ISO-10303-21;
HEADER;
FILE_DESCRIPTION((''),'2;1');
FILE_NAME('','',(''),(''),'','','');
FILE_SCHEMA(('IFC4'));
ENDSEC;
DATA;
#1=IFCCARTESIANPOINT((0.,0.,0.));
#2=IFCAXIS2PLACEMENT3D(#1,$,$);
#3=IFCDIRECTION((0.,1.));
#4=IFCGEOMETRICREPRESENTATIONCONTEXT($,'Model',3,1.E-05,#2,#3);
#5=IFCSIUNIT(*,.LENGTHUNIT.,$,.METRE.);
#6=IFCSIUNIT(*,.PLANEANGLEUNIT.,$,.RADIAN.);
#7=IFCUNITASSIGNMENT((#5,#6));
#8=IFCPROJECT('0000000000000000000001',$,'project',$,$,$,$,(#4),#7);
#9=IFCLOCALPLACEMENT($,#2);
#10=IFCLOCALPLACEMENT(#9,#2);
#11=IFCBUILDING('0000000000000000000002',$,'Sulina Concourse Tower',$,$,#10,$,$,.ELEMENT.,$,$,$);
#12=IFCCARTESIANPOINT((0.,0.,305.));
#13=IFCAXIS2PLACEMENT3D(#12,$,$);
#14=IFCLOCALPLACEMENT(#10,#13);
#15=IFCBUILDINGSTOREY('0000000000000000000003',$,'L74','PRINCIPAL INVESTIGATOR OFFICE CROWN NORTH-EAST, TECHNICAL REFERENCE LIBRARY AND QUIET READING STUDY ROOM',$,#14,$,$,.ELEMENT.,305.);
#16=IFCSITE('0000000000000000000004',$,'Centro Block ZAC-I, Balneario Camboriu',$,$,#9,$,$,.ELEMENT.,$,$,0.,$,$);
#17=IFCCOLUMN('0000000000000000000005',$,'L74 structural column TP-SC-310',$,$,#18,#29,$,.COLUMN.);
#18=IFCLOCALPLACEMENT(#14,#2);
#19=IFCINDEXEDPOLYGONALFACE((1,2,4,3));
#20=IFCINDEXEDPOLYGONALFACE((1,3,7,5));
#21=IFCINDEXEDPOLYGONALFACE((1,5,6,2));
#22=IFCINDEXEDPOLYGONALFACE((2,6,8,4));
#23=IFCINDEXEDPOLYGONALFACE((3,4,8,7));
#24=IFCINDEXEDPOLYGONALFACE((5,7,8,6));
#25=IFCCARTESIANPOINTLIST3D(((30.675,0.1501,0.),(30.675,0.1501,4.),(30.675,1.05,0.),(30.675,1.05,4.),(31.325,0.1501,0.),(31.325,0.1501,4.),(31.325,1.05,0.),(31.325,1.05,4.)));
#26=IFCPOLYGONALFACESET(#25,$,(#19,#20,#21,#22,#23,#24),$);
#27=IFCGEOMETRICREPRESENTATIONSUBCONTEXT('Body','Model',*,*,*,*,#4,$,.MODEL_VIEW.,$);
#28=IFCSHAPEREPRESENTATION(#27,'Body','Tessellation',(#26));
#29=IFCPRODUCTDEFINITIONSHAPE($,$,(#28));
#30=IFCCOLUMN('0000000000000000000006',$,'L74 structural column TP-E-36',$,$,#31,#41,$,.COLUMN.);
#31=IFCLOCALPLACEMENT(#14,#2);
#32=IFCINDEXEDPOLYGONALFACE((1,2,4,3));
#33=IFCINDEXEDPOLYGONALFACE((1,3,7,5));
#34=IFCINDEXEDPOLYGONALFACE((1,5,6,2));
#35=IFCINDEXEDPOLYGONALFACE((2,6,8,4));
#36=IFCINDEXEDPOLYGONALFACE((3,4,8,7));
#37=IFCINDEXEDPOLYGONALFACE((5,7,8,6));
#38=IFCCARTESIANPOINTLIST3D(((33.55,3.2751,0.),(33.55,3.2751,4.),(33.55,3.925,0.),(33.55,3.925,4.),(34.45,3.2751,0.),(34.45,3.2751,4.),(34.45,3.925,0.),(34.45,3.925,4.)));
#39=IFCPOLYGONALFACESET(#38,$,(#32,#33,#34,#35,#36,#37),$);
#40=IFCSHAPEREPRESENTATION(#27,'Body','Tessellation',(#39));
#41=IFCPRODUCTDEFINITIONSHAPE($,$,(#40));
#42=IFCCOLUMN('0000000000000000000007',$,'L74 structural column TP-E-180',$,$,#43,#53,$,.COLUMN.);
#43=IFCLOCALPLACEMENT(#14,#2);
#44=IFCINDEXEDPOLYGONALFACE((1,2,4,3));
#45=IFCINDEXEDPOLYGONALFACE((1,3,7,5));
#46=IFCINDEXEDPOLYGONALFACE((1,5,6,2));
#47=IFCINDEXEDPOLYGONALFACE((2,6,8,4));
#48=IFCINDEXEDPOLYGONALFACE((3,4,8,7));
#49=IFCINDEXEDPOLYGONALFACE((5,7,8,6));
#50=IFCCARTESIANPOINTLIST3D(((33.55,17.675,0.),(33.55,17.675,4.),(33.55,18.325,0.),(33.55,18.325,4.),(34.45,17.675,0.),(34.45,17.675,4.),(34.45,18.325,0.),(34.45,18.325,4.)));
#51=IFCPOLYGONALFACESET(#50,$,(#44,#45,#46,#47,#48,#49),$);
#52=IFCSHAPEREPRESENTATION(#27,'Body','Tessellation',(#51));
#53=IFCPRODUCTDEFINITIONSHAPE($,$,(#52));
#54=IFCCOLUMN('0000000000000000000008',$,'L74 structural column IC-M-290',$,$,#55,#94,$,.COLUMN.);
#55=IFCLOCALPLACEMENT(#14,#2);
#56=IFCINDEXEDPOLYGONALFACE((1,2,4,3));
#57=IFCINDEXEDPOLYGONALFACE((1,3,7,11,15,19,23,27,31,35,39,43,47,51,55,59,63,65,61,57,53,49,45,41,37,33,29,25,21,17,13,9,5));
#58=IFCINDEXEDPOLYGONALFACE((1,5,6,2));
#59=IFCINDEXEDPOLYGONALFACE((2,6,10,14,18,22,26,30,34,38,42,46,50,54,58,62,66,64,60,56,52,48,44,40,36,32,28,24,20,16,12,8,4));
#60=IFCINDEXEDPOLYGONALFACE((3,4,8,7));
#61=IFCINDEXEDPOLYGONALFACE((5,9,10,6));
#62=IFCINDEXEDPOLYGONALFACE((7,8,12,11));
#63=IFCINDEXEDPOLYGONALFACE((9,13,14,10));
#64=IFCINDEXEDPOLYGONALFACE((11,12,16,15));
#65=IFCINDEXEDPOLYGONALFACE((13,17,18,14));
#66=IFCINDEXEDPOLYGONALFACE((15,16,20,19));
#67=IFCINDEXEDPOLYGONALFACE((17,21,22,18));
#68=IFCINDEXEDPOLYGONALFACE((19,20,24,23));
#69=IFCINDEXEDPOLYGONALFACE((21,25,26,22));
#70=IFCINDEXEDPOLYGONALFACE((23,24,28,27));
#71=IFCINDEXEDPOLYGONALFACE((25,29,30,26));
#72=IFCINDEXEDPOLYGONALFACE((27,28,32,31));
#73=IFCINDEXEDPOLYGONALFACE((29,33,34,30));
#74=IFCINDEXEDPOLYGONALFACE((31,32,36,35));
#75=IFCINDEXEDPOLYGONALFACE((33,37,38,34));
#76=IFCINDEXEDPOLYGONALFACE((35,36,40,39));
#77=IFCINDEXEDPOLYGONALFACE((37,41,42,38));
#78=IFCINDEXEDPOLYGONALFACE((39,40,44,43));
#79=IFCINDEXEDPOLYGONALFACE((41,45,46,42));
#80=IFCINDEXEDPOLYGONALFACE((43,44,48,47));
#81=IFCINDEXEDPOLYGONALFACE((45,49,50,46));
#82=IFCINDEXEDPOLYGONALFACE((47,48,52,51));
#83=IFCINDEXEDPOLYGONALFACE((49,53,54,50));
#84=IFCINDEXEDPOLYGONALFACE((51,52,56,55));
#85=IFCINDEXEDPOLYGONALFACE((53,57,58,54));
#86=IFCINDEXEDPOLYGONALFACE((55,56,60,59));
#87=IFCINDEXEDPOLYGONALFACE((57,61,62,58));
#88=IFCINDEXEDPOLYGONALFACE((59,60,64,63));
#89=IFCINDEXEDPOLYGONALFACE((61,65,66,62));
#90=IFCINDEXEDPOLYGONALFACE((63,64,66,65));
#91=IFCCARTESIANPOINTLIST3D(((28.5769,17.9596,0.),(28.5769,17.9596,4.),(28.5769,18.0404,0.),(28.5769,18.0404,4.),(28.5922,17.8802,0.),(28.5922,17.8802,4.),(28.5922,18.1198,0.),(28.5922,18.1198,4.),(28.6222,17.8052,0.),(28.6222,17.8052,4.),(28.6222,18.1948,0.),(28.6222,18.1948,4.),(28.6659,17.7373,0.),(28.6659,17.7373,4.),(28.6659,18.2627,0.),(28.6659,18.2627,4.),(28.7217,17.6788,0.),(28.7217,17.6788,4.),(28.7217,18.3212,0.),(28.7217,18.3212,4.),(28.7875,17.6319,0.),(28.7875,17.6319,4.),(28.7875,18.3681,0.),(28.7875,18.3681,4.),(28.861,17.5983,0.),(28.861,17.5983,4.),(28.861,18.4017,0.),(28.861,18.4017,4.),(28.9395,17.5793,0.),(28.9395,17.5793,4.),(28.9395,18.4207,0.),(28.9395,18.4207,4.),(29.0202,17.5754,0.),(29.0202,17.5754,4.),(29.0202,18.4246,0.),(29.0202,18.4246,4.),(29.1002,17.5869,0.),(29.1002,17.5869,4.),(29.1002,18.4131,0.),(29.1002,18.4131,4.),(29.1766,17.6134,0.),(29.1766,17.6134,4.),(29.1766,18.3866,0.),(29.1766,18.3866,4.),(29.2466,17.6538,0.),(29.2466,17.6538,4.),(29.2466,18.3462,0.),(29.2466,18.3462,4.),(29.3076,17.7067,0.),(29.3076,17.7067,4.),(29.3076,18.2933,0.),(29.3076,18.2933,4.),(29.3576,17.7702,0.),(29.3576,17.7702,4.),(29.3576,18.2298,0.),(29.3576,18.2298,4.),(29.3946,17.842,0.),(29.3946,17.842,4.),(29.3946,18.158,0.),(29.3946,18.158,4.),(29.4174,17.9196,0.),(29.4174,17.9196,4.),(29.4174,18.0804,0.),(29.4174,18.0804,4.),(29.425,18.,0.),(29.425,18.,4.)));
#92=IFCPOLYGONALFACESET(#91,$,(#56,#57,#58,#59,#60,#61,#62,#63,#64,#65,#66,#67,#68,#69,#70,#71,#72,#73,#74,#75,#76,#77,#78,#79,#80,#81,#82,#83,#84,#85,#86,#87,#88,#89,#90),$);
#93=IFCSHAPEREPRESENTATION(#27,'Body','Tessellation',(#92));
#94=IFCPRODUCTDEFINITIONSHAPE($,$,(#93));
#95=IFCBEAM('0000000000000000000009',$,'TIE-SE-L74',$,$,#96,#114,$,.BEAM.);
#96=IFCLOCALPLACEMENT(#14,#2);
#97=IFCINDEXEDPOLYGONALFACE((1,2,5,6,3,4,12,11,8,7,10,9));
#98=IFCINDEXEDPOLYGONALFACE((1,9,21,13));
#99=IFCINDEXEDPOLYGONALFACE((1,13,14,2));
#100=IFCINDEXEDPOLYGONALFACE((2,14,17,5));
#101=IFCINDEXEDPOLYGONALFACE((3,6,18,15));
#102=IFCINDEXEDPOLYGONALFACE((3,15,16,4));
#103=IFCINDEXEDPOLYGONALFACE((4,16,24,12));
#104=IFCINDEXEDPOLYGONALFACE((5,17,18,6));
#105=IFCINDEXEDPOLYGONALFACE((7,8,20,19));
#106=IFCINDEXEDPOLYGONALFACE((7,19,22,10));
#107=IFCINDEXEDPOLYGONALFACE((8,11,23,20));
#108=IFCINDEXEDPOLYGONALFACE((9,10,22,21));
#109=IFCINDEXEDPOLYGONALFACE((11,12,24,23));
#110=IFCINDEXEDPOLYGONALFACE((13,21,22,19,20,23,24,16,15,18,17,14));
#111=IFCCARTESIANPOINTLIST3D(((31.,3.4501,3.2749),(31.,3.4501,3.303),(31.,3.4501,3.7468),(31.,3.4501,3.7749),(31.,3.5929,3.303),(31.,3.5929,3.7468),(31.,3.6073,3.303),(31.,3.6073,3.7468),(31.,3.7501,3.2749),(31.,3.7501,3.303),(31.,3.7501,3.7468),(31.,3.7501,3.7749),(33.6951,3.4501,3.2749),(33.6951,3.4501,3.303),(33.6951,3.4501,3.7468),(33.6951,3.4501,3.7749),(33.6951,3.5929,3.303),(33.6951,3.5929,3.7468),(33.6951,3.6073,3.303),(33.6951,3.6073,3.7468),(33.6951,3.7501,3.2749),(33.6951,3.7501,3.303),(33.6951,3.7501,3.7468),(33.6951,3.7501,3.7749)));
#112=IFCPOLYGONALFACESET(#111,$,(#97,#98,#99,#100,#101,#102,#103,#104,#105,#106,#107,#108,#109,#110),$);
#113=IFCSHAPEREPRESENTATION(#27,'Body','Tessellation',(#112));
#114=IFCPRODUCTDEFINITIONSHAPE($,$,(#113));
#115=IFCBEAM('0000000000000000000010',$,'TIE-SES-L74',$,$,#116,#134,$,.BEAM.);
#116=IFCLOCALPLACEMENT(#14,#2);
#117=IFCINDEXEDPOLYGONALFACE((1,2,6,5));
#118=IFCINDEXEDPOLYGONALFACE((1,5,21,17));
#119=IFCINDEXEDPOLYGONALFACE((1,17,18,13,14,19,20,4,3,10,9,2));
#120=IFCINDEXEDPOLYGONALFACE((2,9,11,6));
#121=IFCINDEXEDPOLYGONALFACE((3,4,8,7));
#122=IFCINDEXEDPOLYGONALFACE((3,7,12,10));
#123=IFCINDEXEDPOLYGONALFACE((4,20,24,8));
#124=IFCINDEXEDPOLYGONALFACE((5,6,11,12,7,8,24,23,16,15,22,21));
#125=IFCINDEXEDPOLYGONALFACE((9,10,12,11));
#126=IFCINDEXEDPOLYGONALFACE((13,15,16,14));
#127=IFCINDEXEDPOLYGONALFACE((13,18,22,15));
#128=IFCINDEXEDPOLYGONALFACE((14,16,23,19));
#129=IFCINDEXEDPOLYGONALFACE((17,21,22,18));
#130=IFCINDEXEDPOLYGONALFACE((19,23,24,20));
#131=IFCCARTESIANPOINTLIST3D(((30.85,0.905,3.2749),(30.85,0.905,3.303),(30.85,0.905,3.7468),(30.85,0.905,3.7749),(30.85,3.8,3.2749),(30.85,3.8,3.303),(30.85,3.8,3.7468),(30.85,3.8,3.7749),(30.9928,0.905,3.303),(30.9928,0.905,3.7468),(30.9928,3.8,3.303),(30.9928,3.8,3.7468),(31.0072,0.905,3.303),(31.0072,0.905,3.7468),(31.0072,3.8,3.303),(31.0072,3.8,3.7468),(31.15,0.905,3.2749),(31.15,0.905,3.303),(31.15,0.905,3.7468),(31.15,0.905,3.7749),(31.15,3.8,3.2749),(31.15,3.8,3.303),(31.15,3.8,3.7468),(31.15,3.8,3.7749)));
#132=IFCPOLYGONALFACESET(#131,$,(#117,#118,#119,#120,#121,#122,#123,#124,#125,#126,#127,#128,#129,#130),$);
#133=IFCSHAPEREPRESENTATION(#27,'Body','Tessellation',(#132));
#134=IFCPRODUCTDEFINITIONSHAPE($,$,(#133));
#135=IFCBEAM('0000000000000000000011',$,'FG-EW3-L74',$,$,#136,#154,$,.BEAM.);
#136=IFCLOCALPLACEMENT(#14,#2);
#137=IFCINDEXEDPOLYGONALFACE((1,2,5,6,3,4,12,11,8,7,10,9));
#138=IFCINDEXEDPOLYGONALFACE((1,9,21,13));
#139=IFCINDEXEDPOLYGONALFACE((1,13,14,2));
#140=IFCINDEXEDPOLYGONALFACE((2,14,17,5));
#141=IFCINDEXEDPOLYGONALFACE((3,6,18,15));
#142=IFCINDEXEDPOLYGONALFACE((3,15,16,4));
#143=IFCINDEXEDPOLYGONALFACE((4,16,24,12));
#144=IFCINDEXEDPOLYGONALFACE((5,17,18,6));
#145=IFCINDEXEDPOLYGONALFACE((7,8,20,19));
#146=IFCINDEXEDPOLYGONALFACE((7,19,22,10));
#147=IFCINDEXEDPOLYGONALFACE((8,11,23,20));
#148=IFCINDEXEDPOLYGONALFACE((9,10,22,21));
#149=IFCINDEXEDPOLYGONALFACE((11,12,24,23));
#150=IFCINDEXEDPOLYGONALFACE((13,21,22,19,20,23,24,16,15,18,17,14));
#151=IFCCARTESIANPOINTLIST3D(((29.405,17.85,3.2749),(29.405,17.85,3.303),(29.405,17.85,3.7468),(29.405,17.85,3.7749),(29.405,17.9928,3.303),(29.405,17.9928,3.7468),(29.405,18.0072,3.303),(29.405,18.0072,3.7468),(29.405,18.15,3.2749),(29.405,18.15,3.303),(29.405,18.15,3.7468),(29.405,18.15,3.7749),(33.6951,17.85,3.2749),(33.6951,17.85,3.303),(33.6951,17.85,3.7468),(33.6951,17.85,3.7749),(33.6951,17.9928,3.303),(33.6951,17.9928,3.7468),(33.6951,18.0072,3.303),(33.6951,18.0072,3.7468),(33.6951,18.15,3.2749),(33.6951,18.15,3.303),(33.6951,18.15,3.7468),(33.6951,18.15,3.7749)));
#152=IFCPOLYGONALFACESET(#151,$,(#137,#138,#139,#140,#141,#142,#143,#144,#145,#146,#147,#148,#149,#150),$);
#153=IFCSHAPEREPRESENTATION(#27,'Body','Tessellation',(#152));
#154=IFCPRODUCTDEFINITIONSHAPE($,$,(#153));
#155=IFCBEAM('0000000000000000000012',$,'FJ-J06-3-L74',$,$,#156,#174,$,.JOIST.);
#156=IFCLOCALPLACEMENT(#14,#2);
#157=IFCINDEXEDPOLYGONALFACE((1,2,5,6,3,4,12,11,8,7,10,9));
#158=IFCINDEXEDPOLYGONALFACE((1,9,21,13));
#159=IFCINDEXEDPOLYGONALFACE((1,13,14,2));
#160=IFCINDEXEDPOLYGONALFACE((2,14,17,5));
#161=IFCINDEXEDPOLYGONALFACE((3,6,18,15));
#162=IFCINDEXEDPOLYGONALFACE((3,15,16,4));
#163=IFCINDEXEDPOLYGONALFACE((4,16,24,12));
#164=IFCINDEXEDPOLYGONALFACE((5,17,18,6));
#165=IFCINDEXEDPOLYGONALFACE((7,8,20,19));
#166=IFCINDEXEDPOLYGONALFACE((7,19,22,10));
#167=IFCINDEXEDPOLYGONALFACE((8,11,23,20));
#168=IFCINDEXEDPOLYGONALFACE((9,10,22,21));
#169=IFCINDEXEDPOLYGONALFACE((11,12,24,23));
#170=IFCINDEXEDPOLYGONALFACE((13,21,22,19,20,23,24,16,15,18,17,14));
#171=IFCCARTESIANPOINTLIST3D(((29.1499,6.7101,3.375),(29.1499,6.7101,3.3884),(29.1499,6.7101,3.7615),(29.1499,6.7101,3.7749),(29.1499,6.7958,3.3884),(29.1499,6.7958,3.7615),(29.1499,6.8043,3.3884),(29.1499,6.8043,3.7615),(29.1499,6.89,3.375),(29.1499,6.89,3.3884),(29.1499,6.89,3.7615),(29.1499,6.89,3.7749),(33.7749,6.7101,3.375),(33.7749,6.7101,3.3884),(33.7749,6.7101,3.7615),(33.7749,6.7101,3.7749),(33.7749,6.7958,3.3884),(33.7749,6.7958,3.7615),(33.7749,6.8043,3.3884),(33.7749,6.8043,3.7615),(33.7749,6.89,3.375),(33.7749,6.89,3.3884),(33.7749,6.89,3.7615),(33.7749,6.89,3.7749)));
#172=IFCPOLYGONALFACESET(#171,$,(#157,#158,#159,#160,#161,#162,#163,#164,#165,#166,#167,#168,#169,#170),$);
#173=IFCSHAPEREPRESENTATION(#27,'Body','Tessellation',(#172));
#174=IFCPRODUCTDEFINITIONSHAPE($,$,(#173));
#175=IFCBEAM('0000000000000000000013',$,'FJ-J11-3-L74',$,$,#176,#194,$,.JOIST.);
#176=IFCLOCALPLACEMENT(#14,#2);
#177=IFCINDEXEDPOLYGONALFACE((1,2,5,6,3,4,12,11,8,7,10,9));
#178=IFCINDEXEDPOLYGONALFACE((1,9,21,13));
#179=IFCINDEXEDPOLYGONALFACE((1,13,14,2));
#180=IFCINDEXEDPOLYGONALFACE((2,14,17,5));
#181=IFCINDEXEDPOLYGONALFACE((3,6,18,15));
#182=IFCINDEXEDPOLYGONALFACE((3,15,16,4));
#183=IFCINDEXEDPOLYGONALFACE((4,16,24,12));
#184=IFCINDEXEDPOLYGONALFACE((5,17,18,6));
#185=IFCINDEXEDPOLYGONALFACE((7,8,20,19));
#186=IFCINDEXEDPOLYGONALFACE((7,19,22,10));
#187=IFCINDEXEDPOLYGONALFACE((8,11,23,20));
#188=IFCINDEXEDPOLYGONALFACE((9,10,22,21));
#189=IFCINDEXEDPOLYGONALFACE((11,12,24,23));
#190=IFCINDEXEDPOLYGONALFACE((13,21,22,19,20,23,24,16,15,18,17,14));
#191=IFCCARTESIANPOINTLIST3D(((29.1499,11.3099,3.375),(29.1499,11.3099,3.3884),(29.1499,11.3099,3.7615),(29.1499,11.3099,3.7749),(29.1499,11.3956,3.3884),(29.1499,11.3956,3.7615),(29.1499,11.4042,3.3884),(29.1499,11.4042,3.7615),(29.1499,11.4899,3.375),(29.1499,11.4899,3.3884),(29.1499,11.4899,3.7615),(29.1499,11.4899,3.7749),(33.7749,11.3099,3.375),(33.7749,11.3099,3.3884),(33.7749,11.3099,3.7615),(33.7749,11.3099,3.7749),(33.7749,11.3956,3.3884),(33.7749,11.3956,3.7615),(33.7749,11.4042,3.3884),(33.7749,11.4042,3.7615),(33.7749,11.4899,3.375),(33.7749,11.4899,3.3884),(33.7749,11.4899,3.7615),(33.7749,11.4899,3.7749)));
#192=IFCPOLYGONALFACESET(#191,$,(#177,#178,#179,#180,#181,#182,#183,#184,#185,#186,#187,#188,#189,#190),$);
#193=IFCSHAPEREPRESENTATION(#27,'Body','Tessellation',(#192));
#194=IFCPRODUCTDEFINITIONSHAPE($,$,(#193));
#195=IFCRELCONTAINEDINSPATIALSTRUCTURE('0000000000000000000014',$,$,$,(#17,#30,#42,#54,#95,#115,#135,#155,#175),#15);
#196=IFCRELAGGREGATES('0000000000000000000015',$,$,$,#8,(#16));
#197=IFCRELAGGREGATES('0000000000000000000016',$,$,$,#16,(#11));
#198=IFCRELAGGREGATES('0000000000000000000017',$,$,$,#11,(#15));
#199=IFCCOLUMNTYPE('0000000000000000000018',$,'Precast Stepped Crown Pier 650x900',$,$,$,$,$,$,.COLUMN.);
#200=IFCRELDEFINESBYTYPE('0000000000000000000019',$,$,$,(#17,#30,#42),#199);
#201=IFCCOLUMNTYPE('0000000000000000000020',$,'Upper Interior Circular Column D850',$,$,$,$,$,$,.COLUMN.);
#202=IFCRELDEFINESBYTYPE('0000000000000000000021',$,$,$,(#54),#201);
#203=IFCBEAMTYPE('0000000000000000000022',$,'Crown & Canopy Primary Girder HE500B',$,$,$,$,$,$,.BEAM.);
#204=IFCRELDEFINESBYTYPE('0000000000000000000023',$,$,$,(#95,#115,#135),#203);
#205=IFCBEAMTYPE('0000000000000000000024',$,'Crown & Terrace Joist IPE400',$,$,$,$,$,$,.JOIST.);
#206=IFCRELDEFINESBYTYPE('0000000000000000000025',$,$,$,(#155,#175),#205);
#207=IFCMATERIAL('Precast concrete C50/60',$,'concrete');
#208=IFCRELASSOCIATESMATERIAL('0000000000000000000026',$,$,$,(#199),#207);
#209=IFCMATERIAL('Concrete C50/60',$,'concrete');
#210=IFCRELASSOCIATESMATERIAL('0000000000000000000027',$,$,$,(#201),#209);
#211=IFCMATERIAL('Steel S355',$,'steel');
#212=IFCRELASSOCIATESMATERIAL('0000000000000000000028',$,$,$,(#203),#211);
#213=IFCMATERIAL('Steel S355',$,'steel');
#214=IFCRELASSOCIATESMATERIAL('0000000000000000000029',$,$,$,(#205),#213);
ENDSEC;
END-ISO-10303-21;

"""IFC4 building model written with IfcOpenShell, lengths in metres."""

from ifc_helpers import new_model, si_unit, direction, frame, origin, origin_2d, place, context, subcontext, project, spatial, rectangle, circle, i_section, extrude, material, material_profile, profile_set, type_object, element, save


model = new_model("IFC4")

# Units and contexts
model_context = context("Model", 3, precision=1e-05, world=origin(), true_north=direction((0.0, 1.0)))
body_context = subcontext(model_context, "Body", "Model", "MODEL_VIEW")
ifc_project = project(units=[si_unit("LENGTHUNIT", "METRE"), si_unit("PLANEANGLEUNIT", "RADIAN")], contexts=[model_context])

# Site, building, storey
site_placement = place(None, origin())
site = spatial("IfcSite", under=ifc_project, at=site_placement, Name="Centro Block ZAC-I, Balneario Camboriu", CompositionType="ELEMENT", RefElevation=0.0)
building_placement = place(site_placement, origin())
building = spatial("IfcBuilding", under=site, at=building_placement, Name="Sulina Concourse Tower", CompositionType="ELEMENT")
storey_placement = place(building_placement, frame((0.0, 0.0, 305.0)))
storey = spatial("IfcBuildingStorey", under=building, at=storey_placement, Name="L74", Description="PRINCIPAL INVESTIGATOR OFFICE CROWN NORTH-EAST, TECHNICAL REFERENCE LIBRARY AND QUIET READING STUDY ROOM", CompositionType="ELEMENT", Elevation=305.0)

# Columns
ifc_material_1 = material(Name="Precast concrete C50/60", Category="concrete")
ifc_material_profile_1 = material_profile(ifc_material_1, rectangle(XDim=0.6499, YDim=0.8999, at=origin_2d()), Name="PC 650x900")
ifc_profile_set_1 = profile_set([ifc_material_profile_1], Name="Precast concrete C50/60")
column_type_1 = type_object("IfcColumnType", Name="Precast Stepped Crown Pier 650x900", PredefinedType="COLUMN", material=ifc_profile_set_1)
for number, where, z_axis, x_axis, name in (
    (1, (31.0, 0.6001, 0.0), (0.0, 0.0, 1.0), (1.0, 0.0, 0.0), "L74 structural column TP-SC-310"),
    (2, (34.0, 3.6001, 0.0), (0.0, 0.0, 1.0), (0.0, 1.0, 0.0), "L74 structural column TP-E-36"),
    (3, (34.0, 18.0, 0.0), (0.0, 0.0, 1.0), (0.0, 1.0, 0.0), "L74 structural column TP-E-180"),
):
    element("IfcColumn", number, at=place(storey_placement, frame(where, z_axis=z_axis, x_axis=x_axis)), inside=storey, type_object=column_type_1, Name=name, PredefinedType="COLUMN", context=body_context, shape_type="SweptSolid", body=[
        extrude(rectangle(XDim=0.6499, YDim=0.8999, at=origin_2d()), origin(), (0.0, 0.0, 1.0), 4.0),
    ])
ifc_material_2 = material(Name="Concrete C50/60", Category="concrete")
ifc_material_profile_2 = material_profile(ifc_material_2, circle(Radius=0.425, at=origin_2d()), Name="RC D850")
ifc_profile_set_2 = profile_set([ifc_material_profile_2], Name="Concrete C50/60")
column_type_2 = type_object("IfcColumnType", Name="Upper Interior Circular Column D850", PredefinedType="COLUMN", material=ifc_profile_set_2)
column_placement = place(storey_placement, frame((29.0, 18.0, 0.0), z_axis=(0.0, 0.0, 1.0), x_axis=(1.0, 0.0, 0.0)))
element("IfcColumn", 4, at=column_placement, inside=storey, type_object=column_type_2, Name="L74 structural column IC-M-290", PredefinedType="COLUMN", context=body_context, shape_type="SweptSolid", body=[
    extrude(circle(Radius=0.425, at=origin_2d()), origin(), (0.0, 0.0, 1.0), 4.0),
])

# Beams
ifc_material_3 = material(Name="Steel S355", Category="steel")
ifc_material_profile_3 = material_profile(ifc_material_3, i_section(OverallWidth=0.3, OverallDepth=0.5, WebThickness=0.0144, FlangeThickness=0.0281, at=origin_2d()), Name="HE 500 B")
ifc_profile_set_3 = profile_set([ifc_material_profile_3], Name="Steel S355")
beam_type_1 = type_object("IfcBeamType", Name="Crown & Canopy Primary Girder HE500B", PredefinedType="BEAM", material=ifc_profile_set_3)
beam_1_placement = place(storey_placement, frame((31.0, 3.6001, 3.5249), z_axis=(1.0, 0.0, 0.0), x_axis=(0.0, 1.0, 0.0)))
element("IfcBeam", 5, at=beam_1_placement, inside=storey, type_object=beam_type_1, Name="TIE-SE-L74", PredefinedType="BEAM", context=body_context, shape_type="SweptSolid", body=[
    extrude(i_section(OverallWidth=0.3, OverallDepth=0.5, WebThickness=0.0144, FlangeThickness=0.0281, at=origin_2d()), origin(), (0.0, 0.0, 1.0), 2.6951),
])
beam_2_placement = place(storey_placement, frame((31.0, 0.905, 3.5249), z_axis=(0.0, 1.0, 0.0), x_axis=(-1.0, 0.0, 0.0)))
element("IfcBeam", 6, at=beam_2_placement, inside=storey, type_object=beam_type_1, Name="TIE-SES-L74", PredefinedType="BEAM", context=body_context, shape_type="SweptSolid", body=[
    extrude(i_section(OverallWidth=0.3, OverallDepth=0.5, WebThickness=0.0144, FlangeThickness=0.0281, at=origin_2d()), origin(), (0.0, 0.0, 1.0), 2.895),
])
beam_3_placement = place(storey_placement, frame((29.405, 18.0, 3.5249), z_axis=(1.0, 0.0, 0.0), x_axis=(0.0, 1.0, 0.0)))
element("IfcBeam", 7, at=beam_3_placement, inside=storey, type_object=beam_type_1, Name="FG-EW3-L74", PredefinedType="BEAM", context=body_context, shape_type="SweptSolid", body=[
    extrude(i_section(OverallWidth=0.3, OverallDepth=0.5, WebThickness=0.0144, FlangeThickness=0.0281, at=origin_2d()), origin(), (0.0, 0.0, 1.0), 4.29),
])
ifc_material_4 = material(Name="Steel S355", Category="steel")
ifc_material_profile_4 = material_profile(ifc_material_4, i_section(OverallWidth=0.1799, OverallDepth=0.3999, WebThickness=0.0085, FlangeThickness=0.0134, at=origin_2d()), Name="IPE 400")
ifc_profile_set_4 = profile_set([ifc_material_profile_4], Name="Steel S355")
beam_type_2 = type_object("IfcBeamType", Name="Crown & Terrace Joist IPE400", PredefinedType="JOIST", material=ifc_profile_set_4)
for number, where, z_axis, x_axis, name in (
    (8, (29.1499, 6.8, 3.575), (1.0, 0.0, 0.0), (0.0, 1.0, 0.0), "FJ-J06-3-L74"),
    (9, (29.1499, 11.3999, 3.575), (1.0, 0.0, 0.0), (0.0, 1.0, 0.0), "FJ-J11-3-L74"),
):
    element("IfcBeam", number, at=place(storey_placement, frame(where, z_axis=z_axis, x_axis=x_axis)), inside=storey, type_object=beam_type_2, Name=name, PredefinedType="JOIST", context=body_context, shape_type="SweptSolid", body=[
        extrude(i_section(OverallWidth=0.1799, OverallDepth=0.3999, WebThickness=0.0085, FlangeThickness=0.0134, at=origin_2d()), origin(), (0.0, 0.0, 1.0), 4.625),
    ])

save(model, "model.ifc")
